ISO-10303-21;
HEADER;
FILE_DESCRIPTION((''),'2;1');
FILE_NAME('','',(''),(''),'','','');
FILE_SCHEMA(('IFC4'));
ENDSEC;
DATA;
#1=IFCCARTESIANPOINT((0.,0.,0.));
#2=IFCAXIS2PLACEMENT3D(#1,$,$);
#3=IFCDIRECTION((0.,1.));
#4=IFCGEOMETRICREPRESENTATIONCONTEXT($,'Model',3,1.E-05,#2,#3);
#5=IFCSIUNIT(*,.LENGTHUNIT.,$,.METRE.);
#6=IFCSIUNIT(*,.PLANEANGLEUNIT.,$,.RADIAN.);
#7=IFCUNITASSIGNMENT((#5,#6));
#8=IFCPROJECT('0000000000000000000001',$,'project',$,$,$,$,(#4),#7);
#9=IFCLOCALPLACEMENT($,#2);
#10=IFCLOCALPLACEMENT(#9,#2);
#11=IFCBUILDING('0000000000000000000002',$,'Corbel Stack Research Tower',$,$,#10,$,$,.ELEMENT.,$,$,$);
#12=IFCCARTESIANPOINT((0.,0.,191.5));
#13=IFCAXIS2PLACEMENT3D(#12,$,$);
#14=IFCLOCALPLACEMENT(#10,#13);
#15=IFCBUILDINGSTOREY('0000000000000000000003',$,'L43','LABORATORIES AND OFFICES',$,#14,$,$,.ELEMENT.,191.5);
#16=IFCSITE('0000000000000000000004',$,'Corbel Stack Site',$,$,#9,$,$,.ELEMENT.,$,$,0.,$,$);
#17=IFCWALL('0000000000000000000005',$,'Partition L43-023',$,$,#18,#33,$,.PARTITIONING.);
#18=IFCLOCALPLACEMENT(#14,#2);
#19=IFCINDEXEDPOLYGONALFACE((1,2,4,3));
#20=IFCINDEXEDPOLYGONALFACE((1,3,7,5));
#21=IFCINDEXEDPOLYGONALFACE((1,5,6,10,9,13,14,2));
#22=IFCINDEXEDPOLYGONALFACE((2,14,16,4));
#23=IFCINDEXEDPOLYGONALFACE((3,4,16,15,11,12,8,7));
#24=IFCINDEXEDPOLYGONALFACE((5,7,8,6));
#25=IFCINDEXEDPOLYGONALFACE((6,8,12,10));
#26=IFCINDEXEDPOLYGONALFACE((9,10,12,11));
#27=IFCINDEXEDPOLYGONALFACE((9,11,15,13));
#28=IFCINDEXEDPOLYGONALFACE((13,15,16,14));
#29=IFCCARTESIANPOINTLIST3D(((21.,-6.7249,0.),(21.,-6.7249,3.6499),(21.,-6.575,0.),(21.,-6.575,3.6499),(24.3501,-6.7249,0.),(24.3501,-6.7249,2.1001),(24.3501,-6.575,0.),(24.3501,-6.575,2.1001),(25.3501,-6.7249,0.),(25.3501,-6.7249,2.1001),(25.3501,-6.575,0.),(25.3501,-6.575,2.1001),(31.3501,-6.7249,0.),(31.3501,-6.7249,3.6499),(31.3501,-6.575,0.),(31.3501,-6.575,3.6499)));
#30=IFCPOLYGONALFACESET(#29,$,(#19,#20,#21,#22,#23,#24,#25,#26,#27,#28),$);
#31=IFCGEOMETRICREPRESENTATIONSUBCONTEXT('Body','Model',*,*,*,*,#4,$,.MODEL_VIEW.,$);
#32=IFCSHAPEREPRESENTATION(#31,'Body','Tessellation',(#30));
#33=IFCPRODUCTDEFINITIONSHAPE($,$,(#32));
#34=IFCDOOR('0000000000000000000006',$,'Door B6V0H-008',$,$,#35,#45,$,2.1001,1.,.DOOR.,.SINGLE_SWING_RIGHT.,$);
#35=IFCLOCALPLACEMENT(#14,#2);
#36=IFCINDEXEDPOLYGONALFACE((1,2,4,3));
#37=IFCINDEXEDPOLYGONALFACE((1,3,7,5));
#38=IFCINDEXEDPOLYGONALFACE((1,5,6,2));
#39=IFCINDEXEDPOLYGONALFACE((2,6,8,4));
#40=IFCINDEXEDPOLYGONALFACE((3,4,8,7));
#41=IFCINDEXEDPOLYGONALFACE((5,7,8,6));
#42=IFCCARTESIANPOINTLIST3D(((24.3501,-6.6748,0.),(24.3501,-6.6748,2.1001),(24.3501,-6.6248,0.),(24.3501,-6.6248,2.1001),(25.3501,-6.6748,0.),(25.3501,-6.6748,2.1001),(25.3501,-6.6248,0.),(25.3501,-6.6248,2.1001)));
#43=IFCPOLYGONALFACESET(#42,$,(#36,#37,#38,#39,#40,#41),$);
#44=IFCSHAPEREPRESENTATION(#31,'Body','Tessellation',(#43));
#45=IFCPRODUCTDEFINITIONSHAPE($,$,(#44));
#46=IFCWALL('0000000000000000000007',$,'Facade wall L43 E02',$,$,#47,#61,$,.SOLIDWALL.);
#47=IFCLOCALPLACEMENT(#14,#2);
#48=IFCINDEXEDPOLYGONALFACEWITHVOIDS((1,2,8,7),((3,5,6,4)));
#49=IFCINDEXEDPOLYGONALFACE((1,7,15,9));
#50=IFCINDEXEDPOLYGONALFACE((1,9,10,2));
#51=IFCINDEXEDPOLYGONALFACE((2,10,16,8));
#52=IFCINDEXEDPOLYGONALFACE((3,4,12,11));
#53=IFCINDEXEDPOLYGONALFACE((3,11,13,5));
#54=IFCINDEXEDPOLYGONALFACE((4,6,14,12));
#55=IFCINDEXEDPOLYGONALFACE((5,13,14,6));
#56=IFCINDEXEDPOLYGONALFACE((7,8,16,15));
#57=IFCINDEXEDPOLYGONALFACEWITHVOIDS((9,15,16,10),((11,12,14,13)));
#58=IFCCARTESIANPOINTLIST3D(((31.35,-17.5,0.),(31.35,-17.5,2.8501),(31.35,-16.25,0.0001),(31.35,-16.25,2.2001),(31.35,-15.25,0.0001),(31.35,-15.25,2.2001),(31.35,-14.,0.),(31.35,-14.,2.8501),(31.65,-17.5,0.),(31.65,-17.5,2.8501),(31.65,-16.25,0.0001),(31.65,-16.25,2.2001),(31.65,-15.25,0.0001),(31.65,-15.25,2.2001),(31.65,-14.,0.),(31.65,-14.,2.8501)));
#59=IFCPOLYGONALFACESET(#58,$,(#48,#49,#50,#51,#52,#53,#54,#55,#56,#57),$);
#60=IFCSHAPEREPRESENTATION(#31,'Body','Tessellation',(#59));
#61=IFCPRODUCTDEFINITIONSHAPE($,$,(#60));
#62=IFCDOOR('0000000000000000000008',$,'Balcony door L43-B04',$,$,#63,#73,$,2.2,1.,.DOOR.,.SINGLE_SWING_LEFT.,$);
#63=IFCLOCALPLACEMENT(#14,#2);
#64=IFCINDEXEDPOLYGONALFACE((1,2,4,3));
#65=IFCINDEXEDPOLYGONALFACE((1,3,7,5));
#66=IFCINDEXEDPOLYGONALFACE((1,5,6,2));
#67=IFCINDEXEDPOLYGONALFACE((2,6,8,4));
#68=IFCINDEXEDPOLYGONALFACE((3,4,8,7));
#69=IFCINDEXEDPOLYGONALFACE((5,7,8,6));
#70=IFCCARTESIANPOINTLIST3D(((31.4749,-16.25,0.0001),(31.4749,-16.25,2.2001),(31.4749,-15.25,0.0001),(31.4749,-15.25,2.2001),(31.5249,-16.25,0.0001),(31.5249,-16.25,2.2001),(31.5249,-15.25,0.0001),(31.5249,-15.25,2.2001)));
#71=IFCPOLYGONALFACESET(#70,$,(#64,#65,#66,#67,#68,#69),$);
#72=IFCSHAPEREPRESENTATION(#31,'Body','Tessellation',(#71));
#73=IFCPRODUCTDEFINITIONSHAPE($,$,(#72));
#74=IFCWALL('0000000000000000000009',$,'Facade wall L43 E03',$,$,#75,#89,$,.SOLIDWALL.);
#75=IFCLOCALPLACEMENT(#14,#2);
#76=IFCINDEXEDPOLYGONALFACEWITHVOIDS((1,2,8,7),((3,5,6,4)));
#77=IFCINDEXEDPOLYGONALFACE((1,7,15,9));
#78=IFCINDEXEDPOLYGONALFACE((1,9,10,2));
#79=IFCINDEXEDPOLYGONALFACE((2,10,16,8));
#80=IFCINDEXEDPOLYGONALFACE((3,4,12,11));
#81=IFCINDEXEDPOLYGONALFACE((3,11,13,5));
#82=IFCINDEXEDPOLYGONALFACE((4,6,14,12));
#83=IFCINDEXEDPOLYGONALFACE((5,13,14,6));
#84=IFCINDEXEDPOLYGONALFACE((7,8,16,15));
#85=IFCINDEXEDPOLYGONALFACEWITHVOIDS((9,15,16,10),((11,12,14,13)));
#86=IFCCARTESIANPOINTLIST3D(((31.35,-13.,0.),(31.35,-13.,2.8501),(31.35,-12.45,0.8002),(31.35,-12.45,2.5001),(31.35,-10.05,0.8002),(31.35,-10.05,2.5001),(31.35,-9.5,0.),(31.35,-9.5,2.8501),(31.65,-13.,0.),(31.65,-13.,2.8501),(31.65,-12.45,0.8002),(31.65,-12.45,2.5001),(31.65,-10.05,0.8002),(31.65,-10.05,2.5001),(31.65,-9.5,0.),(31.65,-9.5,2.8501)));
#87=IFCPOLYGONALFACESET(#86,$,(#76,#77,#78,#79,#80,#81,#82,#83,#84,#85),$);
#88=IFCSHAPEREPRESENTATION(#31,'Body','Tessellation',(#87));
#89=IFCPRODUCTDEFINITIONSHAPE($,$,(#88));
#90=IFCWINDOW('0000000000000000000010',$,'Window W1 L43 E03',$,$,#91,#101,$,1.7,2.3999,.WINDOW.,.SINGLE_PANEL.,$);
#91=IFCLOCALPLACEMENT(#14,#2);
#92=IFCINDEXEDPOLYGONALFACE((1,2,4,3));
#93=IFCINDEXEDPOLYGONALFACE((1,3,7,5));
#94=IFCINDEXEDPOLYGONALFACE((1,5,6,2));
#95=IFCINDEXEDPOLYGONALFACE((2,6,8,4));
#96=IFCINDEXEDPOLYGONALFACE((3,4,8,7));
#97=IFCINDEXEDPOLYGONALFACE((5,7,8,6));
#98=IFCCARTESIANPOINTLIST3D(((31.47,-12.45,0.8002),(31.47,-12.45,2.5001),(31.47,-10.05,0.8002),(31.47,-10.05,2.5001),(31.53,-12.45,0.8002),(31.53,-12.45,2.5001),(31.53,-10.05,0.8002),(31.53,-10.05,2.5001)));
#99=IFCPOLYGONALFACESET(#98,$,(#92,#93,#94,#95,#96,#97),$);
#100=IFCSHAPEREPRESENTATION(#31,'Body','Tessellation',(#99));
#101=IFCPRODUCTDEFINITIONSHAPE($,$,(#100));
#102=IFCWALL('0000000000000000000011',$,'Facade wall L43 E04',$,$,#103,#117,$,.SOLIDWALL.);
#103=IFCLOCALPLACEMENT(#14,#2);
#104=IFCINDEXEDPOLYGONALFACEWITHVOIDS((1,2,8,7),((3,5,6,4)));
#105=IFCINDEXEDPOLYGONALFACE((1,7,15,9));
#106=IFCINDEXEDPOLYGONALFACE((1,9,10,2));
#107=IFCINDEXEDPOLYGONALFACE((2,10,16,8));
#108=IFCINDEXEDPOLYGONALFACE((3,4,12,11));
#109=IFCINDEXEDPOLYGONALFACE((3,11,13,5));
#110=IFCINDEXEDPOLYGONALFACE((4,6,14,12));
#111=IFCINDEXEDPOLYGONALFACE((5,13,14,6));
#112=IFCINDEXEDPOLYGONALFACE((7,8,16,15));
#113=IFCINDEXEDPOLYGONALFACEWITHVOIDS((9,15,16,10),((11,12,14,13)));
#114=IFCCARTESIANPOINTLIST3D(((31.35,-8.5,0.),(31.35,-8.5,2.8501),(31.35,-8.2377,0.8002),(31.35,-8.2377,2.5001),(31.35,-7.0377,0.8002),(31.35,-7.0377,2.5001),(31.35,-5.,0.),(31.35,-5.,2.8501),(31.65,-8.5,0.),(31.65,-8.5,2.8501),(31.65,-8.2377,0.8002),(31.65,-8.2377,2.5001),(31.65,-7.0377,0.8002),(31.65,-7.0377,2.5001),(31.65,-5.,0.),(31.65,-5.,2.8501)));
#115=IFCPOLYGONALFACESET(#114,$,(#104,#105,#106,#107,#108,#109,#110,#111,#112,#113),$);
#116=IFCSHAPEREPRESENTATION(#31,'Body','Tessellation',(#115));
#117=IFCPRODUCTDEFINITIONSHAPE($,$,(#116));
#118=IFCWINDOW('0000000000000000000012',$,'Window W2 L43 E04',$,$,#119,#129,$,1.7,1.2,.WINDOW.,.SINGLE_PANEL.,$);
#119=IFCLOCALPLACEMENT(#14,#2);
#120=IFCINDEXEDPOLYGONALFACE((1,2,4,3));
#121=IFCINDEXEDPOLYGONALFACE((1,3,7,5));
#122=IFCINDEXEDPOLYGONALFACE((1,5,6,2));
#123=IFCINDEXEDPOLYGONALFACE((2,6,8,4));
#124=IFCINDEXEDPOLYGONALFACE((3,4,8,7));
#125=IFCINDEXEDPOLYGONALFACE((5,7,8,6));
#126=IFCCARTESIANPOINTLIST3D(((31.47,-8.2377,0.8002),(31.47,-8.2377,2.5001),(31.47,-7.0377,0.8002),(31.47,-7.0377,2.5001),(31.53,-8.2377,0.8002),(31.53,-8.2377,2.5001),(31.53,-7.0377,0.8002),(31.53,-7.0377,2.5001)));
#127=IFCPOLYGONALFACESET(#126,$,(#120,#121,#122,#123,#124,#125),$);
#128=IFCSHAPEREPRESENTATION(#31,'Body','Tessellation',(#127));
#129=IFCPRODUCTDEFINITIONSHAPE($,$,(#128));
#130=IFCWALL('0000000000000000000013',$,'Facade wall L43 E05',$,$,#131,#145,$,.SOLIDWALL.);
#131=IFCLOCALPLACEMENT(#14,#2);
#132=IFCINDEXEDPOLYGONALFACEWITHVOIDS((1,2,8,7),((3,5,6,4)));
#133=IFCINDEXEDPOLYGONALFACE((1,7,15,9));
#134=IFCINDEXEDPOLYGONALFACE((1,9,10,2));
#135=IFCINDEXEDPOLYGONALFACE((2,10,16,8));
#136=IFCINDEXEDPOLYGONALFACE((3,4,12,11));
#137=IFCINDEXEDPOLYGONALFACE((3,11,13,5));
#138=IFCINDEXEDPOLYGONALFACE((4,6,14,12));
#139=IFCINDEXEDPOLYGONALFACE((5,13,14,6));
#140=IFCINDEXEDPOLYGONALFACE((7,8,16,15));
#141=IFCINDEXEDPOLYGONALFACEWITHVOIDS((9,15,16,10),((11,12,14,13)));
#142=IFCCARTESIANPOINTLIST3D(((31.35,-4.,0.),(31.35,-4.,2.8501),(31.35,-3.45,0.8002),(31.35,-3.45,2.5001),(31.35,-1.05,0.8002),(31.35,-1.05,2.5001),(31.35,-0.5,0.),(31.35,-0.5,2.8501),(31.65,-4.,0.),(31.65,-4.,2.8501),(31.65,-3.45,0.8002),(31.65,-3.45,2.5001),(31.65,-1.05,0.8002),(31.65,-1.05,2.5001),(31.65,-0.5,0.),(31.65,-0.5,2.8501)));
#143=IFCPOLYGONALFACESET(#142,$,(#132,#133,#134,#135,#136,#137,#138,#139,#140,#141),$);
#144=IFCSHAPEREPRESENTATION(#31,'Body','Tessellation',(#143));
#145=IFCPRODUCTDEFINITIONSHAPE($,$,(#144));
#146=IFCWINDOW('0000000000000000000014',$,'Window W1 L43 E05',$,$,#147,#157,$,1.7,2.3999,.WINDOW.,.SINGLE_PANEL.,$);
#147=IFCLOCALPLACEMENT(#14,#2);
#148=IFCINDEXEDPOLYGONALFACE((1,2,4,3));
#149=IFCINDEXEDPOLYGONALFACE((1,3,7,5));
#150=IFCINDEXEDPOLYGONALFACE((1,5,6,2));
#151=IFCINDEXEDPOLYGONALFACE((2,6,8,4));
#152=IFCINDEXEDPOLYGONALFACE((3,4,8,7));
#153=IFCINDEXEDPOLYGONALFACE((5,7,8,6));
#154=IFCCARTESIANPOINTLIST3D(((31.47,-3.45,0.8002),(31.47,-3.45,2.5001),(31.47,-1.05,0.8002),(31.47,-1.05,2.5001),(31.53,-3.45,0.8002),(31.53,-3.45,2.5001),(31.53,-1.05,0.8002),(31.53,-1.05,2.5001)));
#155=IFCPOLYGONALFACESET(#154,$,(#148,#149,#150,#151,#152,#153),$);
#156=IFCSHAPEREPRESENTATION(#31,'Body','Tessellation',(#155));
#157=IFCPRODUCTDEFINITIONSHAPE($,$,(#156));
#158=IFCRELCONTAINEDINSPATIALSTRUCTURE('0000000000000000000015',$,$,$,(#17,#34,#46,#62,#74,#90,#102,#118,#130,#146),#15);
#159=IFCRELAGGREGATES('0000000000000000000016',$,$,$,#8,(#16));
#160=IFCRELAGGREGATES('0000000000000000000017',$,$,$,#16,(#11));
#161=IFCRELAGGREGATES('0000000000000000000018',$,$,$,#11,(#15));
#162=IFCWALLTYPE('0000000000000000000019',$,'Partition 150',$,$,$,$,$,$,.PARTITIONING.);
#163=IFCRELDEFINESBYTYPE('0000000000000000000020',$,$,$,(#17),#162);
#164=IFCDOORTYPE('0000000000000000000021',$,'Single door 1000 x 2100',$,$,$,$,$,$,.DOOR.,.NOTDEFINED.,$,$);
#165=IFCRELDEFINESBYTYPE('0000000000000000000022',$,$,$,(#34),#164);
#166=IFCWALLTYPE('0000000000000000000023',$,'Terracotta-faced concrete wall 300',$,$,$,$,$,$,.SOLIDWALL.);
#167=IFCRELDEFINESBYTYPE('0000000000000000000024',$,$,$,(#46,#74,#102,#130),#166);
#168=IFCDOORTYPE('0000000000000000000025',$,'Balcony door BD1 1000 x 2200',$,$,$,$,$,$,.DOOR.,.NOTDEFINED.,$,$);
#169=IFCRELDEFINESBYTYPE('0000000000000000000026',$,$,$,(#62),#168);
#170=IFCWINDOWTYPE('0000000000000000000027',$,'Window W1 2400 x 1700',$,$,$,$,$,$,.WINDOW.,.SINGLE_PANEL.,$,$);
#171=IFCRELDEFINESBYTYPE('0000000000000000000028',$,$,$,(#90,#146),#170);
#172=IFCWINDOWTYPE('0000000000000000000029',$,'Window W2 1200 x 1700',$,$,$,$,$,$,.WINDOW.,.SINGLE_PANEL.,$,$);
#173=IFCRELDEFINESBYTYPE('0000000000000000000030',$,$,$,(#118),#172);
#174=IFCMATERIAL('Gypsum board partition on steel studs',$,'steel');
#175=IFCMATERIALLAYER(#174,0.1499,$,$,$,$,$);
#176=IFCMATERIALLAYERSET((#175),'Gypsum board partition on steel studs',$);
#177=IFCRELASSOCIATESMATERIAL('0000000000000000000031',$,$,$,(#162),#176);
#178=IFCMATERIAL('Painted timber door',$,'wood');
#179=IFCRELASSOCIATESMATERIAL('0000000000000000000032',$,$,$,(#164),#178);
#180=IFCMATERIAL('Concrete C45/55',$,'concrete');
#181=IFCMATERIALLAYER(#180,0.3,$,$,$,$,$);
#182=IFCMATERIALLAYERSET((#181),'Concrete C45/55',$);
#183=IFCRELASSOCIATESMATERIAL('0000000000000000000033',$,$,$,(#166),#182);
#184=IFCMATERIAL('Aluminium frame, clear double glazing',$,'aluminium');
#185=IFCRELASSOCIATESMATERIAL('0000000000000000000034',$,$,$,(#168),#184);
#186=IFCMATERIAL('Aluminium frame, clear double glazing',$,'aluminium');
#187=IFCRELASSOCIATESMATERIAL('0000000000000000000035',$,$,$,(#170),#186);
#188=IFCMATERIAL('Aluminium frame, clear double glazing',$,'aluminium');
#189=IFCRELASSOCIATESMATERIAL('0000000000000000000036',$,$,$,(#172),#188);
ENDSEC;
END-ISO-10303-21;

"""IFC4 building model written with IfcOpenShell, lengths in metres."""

from ifc_helpers import new_model, si_unit, direction, frame, frame_2d, origin, place, context, subcontext, project, spatial, rectangle, extrude, material, layer, layer_set, type_object, element, fill, save


model = new_model("IFC4")

# Units and contexts
model_context = context("Model", 3, precision=1e-05, world=origin(), true_north=direction((0.0, 1.0)))
body_context = subcontext(model_context, "Body", "Model", "MODEL_VIEW")
ifc_project = project(units=[si_unit("LENGTHUNIT", "METRE"), si_unit("PLANEANGLEUNIT", "RADIAN")], contexts=[model_context])

# Site, building, storey
site_placement = place(None, origin())
site = spatial("IfcSite", under=ifc_project, at=site_placement, Name="Corbel Stack Site", CompositionType="ELEMENT", RefElevation=0.0)
building_placement = place(site_placement, origin())
building = spatial("IfcBuilding", under=site, at=building_placement, Name="Corbel Stack Research Tower", CompositionType="ELEMENT")
storey_placement = place(building_placement, frame((0.0, 0.0, 191.5)))
storey = spatial("IfcBuildingStorey", under=building, at=storey_placement, Name="L43", Description="LABORATORIES AND OFFICES", CompositionType="ELEMENT", Elevation=191.5)

# Walls, openings, doors
ifc_material_1 = material(Name="Gypsum board partition on steel studs", Category="steel")
ifc_layer_1 = layer(ifc_material_1, 0.1499)
ifc_layer_set_1 = layer_set([ifc_layer_1], Name="Gypsum board partition on steel studs")
wall_type_1 = type_object("IfcWallType", Name="Partition 150", PredefinedType="PARTITIONING", material=ifc_layer_set_1)
wall_1_placement = place(storey_placement, frame((31.3501, -6.6499, 0.0), z_axis=(0.0, 0.0, 1.0), x_axis=(-1.0, 0.0, 0.0)))
wall_1 = element("IfcWall", 1, at=wall_1_placement, inside=storey, type_object=wall_type_1, Name="Partition L43-023", PredefinedType="PARTITIONING", context=body_context, shape_type="SweptSolid", body=[
    extrude(rectangle(XDim=10.3501, YDim=0.1499, at=frame_2d((5.175, 0.0))), origin(), (0.0, 0.0, 1.0), 3.6499),
])
opening_1_placement = place(wall_1_placement, frame((6.0, 0.0, 0.0)))
opening_1 = element("IfcOpeningElement", 2, at=opening_1_placement, cuts=wall_1, PredefinedType="OPENING", context=body_context, shape_type="SweptSolid", body=[
    extrude(rectangle(XDim=1.0, YDim=2.1001, at=frame_2d((0.5, 1.05))), frame((0.0, 0.085, 0.0), z_axis=(0.0, -1.0, 0.0), x_axis=(1.0, 0.0, 0.0)), (0.0, 0.0, 1.0), 0.1699),
])
ifc_material_2 = material(Name="Painted timber door", Category="wood")
door_type_1 = type_object("IfcDoorType", Name="Single door 1000 x 2100", OperationType="NOTDEFINED", PredefinedType="DOOR", material=ifc_material_2)
door_1_placement = place(opening_1_placement, origin())
door_1 = element("IfcDoor", 3, at=door_1_placement, inside=storey, type_object=door_type_1, Name="Door B6V0H-008", OperationType="SINGLE_SWING_RIGHT", OverallHeight=2.1001, OverallWidth=1.0, PredefinedType="DOOR", context=body_context, shape_type="SweptSolid", body=[
    extrude(rectangle(XDim=1.0, YDim=2.1001, at=frame_2d((0.5, 1.05))), frame((0.0, 0.0249, 0.0), z_axis=(0.0, -1.0, 0.0), x_axis=(1.0, 0.0, 0.0)), (0.0, 0.0, 1.0), 0.05),
])
fill(opening_1, door_1)
ifc_material_3 = material(Name="Concrete C45/55", Category="concrete")
ifc_layer_2 = layer(ifc_material_3, 0.3)
ifc_layer_set_2 = layer_set([ifc_layer_2], Name="Concrete C45/55")
wall_type_2 = type_object("IfcWallType", Name="Terracotta-faced concrete wall 300", PredefinedType="SOLIDWALL", material=ifc_layer_set_2)
wall_2_placement = place(storey_placement, frame((31.5, -14.0, 0.0), z_axis=(0.0, 0.0, 1.0), x_axis=(0.0, -1.0, 0.0)))
wall_2 = element("IfcWall", 4, at=wall_2_placement, inside=storey, type_object=wall_type_2, Name="Facade wall L43 E02", PredefinedType="SOLIDWALL", context=body_context, shape_type="SweptSolid", body=[
    extrude(rectangle(XDim=3.5, YDim=0.3, at=frame_2d((1.75, 0.0))), origin(), (0.0, 0.0, 1.0), 2.8501),
])
opening_2_placement = place(wall_2_placement, frame((1.25, 0.0, 0.0)))
opening_2 = element("IfcOpeningElement", 5, at=opening_2_placement, cuts=wall_2, PredefinedType="OPENING", context=body_context, shape_type="SweptSolid", body=[
    extrude(rectangle(XDim=1.0, YDim=2.2, at=frame_2d((0.5, 1.1001))), frame((0.0, 0.1599, 0.0), z_axis=(0.0, -1.0, 0.0), x_axis=(1.0, 0.0, 0.0)), (0.0, 0.0, 1.0), 0.3201),
])
ifc_material_4 = material(Name="Aluminium frame, clear double glazing", Category="aluminium")
door_type_2 = type_object("IfcDoorType", Name="Balcony door BD1 1000 x 2200", OperationType="NOTDEFINED", PredefinedType="DOOR", material=ifc_material_4)
door_2_placement = place(opening_2_placement, origin())
door_2 = element("IfcDoor", 6, at=door_2_placement, inside=storey, type_object=door_type_2, Name="Balcony door L43-B04", OperationType="SINGLE_SWING_LEFT", OverallHeight=2.2, OverallWidth=1.0, PredefinedType="DOOR", context=body_context, shape_type="SweptSolid", body=[
    extrude(rectangle(XDim=1.0, YDim=2.2, at=frame_2d((0.5, 1.1001))), frame((0.0, 0.0249, 0.0), z_axis=(0.0, -1.0, 0.0), x_axis=(1.0, 0.0, 0.0)), (0.0, 0.0, 1.0), 0.05),
])
fill(opening_2, door_2)

# Walls, openings, windows
wall_3_placement = place(storey_placement, frame((31.5, -9.5, 0.0), z_axis=(0.0, 0.0, 1.0), x_axis=(0.0, -1.0, 0.0)))
wall_3 = element("IfcWall", 7, at=wall_3_placement, inside=storey, type_object=wall_type_2, Name="Facade wall L43 E03", PredefinedType="SOLIDWALL", context=body_context, shape_type="SweptSolid", body=[
    extrude(rectangle(XDim=3.5, YDim=0.3, at=frame_2d((1.75, 0.0))), origin(), (0.0, 0.0, 1.0), 2.8501),
])
opening_3_placement = place(wall_3_placement, frame((0.55, 0.0, 0.8)))
opening_3 = element("IfcOpeningElement", 8, at=opening_3_placement, cuts=wall_3, PredefinedType="OPENING", context=body_context, shape_type="SweptSolid", body=[
    extrude(rectangle(XDim=2.3999, YDim=1.7, at=frame_2d((1.2, 0.8501))), frame((0.0, 0.1599, 0.0), z_axis=(0.0, -1.0, 0.0), x_axis=(1.0, 0.0, 0.0)), (0.0, 0.0, 1.0), 0.3201),
])
ifc_material_5 = material(Name="Aluminium frame, clear double glazing", Category="aluminium")
window_type_1 = type_object("IfcWindowType", Name="Window W1 2400 x 1700", PartitioningType="SINGLE_PANEL", PredefinedType="WINDOW", material=ifc_material_5)
window_1_placement = place(opening_3_placement, origin())
window_1 = element("IfcWindow", 9, at=window_1_placement, inside=storey, type_object=window_type_1, Name="Window W1 L43 E03", OverallHeight=1.7, OverallWidth=2.3999, PartitioningType="SINGLE_PANEL", PredefinedType="WINDOW", context=body_context, shape_type="SweptSolid", body=[
    extrude(rectangle(XDim=2.3999, YDim=1.7, at=frame_2d((1.2, 0.8501))), frame((0.0, 0.03, 0.0), z_axis=(0.0, -1.0, 0.0), x_axis=(1.0, 0.0, 0.0)), (0.0, 0.0, 1.0), 0.0601),
])
fill(opening_3, window_1)
wall_4_placement = place(storey_placement, frame((31.5, -5.0, 0.0), z_axis=(0.0, 0.0, 1.0), x_axis=(0.0, -1.0, 0.0)))
wall_4 = element("IfcWall", 10, at=wall_4_placement, inside=storey, type_object=wall_type_2, Name="Facade wall L43 E04", PredefinedType="SOLIDWALL", context=body_context, shape_type="SweptSolid", body=[
    extrude(rectangle(XDim=3.5, YDim=0.3, at=frame_2d((1.75, 0.0))), origin(), (0.0, 0.0, 1.0), 2.8501),
])
opening_4_placement = place(wall_4_placement, frame((2.0376, 0.0, 0.8)))
opening_4 = element("IfcOpeningElement", 11, at=opening_4_placement, cuts=wall_4, PredefinedType="OPENING", context=body_context, shape_type="SweptSolid", body=[
    extrude(rectangle(XDim=1.2, YDim=1.7, at=frame_2d((0.6001, 0.8501))), frame((0.0, 0.1599, 0.0), z_axis=(0.0, -1.0, 0.0), x_axis=(1.0, 0.0, 0.0)), (0.0, 0.0, 1.0), 0.3201),
])
ifc_material_6 = material(Name="Aluminium frame, clear double glazing", Category="aluminium")
window_type_2 = type_object("IfcWindowType", Name="Window W2 1200 x 1700", PartitioningType="SINGLE_PANEL", PredefinedType="WINDOW", material=ifc_material_6)
window_2_placement = place(opening_4_placement, origin())
window_2 = element("IfcWindow", 12, at=window_2_placement, inside=storey, type_object=window_type_2, Name="Window W2 L43 E04", OverallHeight=1.7, OverallWidth=1.2, PartitioningType="SINGLE_PANEL", PredefinedType="WINDOW", context=body_context, shape_type="SweptSolid", body=[
    extrude(rectangle(XDim=1.2, YDim=1.7, at=frame_2d((0.6001, 0.8501))), frame((0.0, 0.03, 0.0), z_axis=(0.0, -1.0, 0.0), x_axis=(1.0, 0.0, 0.0)), (0.0, 0.0, 1.0), 0.0601),
])
fill(opening_4, window_2)
wall_5_placement = place(storey_placement, frame((31.5, -0.5, 0.0), z_axis=(0.0, 0.0, 1.0), x_axis=(0.0, -1.0, 0.0)))
wall_5 = element("IfcWall", 13, at=wall_5_placement, inside=storey, type_object=wall_type_2, Name="Facade wall L43 E05", PredefinedType="SOLIDWALL", context=body_context, shape_type="SweptSolid", body=[
    extrude(rectangle(XDim=3.5, YDim=0.3, at=frame_2d((1.75, 0.0))), origin(), (0.0, 0.0, 1.0), 2.8501),
])
opening_5_placement = place(wall_5_placement, frame((0.55, 0.0, 0.8)))
opening_5 = element("IfcOpeningElement", 14, at=opening_5_placement, cuts=wall_5, PredefinedType="OPENING", context=body_context, shape_type="SweptSolid", body=[
    extrude(rectangle(XDim=2.3999, YDim=1.7, at=frame_2d((1.2, 0.8501))), frame((0.0, 0.1599, 0.0), z_axis=(0.0, -1.0, 0.0), x_axis=(1.0, 0.0, 0.0)), (0.0, 0.0, 1.0), 0.3201),
])
window_3_placement = place(opening_5_placement, origin())
window_3 = element("IfcWindow", 15, at=window_3_placement, inside=storey, type_object=window_type_1, Name="Window W1 L43 E05", OverallHeight=1.7, OverallWidth=2.3999, PartitioningType="SINGLE_PANEL", PredefinedType="WINDOW", context=body_context, shape_type="SweptSolid", body=[
    extrude(rectangle(XDim=2.3999, YDim=1.7, at=frame_2d((1.2, 0.8501))), frame((0.0, 0.03, 0.0), z_axis=(0.0, -1.0, 0.0), x_axis=(1.0, 0.0, 0.0)), (0.0, 0.0, 1.0), 0.0601),
])
fill(opening_5, window_3)

save(model, "model.ifc")
